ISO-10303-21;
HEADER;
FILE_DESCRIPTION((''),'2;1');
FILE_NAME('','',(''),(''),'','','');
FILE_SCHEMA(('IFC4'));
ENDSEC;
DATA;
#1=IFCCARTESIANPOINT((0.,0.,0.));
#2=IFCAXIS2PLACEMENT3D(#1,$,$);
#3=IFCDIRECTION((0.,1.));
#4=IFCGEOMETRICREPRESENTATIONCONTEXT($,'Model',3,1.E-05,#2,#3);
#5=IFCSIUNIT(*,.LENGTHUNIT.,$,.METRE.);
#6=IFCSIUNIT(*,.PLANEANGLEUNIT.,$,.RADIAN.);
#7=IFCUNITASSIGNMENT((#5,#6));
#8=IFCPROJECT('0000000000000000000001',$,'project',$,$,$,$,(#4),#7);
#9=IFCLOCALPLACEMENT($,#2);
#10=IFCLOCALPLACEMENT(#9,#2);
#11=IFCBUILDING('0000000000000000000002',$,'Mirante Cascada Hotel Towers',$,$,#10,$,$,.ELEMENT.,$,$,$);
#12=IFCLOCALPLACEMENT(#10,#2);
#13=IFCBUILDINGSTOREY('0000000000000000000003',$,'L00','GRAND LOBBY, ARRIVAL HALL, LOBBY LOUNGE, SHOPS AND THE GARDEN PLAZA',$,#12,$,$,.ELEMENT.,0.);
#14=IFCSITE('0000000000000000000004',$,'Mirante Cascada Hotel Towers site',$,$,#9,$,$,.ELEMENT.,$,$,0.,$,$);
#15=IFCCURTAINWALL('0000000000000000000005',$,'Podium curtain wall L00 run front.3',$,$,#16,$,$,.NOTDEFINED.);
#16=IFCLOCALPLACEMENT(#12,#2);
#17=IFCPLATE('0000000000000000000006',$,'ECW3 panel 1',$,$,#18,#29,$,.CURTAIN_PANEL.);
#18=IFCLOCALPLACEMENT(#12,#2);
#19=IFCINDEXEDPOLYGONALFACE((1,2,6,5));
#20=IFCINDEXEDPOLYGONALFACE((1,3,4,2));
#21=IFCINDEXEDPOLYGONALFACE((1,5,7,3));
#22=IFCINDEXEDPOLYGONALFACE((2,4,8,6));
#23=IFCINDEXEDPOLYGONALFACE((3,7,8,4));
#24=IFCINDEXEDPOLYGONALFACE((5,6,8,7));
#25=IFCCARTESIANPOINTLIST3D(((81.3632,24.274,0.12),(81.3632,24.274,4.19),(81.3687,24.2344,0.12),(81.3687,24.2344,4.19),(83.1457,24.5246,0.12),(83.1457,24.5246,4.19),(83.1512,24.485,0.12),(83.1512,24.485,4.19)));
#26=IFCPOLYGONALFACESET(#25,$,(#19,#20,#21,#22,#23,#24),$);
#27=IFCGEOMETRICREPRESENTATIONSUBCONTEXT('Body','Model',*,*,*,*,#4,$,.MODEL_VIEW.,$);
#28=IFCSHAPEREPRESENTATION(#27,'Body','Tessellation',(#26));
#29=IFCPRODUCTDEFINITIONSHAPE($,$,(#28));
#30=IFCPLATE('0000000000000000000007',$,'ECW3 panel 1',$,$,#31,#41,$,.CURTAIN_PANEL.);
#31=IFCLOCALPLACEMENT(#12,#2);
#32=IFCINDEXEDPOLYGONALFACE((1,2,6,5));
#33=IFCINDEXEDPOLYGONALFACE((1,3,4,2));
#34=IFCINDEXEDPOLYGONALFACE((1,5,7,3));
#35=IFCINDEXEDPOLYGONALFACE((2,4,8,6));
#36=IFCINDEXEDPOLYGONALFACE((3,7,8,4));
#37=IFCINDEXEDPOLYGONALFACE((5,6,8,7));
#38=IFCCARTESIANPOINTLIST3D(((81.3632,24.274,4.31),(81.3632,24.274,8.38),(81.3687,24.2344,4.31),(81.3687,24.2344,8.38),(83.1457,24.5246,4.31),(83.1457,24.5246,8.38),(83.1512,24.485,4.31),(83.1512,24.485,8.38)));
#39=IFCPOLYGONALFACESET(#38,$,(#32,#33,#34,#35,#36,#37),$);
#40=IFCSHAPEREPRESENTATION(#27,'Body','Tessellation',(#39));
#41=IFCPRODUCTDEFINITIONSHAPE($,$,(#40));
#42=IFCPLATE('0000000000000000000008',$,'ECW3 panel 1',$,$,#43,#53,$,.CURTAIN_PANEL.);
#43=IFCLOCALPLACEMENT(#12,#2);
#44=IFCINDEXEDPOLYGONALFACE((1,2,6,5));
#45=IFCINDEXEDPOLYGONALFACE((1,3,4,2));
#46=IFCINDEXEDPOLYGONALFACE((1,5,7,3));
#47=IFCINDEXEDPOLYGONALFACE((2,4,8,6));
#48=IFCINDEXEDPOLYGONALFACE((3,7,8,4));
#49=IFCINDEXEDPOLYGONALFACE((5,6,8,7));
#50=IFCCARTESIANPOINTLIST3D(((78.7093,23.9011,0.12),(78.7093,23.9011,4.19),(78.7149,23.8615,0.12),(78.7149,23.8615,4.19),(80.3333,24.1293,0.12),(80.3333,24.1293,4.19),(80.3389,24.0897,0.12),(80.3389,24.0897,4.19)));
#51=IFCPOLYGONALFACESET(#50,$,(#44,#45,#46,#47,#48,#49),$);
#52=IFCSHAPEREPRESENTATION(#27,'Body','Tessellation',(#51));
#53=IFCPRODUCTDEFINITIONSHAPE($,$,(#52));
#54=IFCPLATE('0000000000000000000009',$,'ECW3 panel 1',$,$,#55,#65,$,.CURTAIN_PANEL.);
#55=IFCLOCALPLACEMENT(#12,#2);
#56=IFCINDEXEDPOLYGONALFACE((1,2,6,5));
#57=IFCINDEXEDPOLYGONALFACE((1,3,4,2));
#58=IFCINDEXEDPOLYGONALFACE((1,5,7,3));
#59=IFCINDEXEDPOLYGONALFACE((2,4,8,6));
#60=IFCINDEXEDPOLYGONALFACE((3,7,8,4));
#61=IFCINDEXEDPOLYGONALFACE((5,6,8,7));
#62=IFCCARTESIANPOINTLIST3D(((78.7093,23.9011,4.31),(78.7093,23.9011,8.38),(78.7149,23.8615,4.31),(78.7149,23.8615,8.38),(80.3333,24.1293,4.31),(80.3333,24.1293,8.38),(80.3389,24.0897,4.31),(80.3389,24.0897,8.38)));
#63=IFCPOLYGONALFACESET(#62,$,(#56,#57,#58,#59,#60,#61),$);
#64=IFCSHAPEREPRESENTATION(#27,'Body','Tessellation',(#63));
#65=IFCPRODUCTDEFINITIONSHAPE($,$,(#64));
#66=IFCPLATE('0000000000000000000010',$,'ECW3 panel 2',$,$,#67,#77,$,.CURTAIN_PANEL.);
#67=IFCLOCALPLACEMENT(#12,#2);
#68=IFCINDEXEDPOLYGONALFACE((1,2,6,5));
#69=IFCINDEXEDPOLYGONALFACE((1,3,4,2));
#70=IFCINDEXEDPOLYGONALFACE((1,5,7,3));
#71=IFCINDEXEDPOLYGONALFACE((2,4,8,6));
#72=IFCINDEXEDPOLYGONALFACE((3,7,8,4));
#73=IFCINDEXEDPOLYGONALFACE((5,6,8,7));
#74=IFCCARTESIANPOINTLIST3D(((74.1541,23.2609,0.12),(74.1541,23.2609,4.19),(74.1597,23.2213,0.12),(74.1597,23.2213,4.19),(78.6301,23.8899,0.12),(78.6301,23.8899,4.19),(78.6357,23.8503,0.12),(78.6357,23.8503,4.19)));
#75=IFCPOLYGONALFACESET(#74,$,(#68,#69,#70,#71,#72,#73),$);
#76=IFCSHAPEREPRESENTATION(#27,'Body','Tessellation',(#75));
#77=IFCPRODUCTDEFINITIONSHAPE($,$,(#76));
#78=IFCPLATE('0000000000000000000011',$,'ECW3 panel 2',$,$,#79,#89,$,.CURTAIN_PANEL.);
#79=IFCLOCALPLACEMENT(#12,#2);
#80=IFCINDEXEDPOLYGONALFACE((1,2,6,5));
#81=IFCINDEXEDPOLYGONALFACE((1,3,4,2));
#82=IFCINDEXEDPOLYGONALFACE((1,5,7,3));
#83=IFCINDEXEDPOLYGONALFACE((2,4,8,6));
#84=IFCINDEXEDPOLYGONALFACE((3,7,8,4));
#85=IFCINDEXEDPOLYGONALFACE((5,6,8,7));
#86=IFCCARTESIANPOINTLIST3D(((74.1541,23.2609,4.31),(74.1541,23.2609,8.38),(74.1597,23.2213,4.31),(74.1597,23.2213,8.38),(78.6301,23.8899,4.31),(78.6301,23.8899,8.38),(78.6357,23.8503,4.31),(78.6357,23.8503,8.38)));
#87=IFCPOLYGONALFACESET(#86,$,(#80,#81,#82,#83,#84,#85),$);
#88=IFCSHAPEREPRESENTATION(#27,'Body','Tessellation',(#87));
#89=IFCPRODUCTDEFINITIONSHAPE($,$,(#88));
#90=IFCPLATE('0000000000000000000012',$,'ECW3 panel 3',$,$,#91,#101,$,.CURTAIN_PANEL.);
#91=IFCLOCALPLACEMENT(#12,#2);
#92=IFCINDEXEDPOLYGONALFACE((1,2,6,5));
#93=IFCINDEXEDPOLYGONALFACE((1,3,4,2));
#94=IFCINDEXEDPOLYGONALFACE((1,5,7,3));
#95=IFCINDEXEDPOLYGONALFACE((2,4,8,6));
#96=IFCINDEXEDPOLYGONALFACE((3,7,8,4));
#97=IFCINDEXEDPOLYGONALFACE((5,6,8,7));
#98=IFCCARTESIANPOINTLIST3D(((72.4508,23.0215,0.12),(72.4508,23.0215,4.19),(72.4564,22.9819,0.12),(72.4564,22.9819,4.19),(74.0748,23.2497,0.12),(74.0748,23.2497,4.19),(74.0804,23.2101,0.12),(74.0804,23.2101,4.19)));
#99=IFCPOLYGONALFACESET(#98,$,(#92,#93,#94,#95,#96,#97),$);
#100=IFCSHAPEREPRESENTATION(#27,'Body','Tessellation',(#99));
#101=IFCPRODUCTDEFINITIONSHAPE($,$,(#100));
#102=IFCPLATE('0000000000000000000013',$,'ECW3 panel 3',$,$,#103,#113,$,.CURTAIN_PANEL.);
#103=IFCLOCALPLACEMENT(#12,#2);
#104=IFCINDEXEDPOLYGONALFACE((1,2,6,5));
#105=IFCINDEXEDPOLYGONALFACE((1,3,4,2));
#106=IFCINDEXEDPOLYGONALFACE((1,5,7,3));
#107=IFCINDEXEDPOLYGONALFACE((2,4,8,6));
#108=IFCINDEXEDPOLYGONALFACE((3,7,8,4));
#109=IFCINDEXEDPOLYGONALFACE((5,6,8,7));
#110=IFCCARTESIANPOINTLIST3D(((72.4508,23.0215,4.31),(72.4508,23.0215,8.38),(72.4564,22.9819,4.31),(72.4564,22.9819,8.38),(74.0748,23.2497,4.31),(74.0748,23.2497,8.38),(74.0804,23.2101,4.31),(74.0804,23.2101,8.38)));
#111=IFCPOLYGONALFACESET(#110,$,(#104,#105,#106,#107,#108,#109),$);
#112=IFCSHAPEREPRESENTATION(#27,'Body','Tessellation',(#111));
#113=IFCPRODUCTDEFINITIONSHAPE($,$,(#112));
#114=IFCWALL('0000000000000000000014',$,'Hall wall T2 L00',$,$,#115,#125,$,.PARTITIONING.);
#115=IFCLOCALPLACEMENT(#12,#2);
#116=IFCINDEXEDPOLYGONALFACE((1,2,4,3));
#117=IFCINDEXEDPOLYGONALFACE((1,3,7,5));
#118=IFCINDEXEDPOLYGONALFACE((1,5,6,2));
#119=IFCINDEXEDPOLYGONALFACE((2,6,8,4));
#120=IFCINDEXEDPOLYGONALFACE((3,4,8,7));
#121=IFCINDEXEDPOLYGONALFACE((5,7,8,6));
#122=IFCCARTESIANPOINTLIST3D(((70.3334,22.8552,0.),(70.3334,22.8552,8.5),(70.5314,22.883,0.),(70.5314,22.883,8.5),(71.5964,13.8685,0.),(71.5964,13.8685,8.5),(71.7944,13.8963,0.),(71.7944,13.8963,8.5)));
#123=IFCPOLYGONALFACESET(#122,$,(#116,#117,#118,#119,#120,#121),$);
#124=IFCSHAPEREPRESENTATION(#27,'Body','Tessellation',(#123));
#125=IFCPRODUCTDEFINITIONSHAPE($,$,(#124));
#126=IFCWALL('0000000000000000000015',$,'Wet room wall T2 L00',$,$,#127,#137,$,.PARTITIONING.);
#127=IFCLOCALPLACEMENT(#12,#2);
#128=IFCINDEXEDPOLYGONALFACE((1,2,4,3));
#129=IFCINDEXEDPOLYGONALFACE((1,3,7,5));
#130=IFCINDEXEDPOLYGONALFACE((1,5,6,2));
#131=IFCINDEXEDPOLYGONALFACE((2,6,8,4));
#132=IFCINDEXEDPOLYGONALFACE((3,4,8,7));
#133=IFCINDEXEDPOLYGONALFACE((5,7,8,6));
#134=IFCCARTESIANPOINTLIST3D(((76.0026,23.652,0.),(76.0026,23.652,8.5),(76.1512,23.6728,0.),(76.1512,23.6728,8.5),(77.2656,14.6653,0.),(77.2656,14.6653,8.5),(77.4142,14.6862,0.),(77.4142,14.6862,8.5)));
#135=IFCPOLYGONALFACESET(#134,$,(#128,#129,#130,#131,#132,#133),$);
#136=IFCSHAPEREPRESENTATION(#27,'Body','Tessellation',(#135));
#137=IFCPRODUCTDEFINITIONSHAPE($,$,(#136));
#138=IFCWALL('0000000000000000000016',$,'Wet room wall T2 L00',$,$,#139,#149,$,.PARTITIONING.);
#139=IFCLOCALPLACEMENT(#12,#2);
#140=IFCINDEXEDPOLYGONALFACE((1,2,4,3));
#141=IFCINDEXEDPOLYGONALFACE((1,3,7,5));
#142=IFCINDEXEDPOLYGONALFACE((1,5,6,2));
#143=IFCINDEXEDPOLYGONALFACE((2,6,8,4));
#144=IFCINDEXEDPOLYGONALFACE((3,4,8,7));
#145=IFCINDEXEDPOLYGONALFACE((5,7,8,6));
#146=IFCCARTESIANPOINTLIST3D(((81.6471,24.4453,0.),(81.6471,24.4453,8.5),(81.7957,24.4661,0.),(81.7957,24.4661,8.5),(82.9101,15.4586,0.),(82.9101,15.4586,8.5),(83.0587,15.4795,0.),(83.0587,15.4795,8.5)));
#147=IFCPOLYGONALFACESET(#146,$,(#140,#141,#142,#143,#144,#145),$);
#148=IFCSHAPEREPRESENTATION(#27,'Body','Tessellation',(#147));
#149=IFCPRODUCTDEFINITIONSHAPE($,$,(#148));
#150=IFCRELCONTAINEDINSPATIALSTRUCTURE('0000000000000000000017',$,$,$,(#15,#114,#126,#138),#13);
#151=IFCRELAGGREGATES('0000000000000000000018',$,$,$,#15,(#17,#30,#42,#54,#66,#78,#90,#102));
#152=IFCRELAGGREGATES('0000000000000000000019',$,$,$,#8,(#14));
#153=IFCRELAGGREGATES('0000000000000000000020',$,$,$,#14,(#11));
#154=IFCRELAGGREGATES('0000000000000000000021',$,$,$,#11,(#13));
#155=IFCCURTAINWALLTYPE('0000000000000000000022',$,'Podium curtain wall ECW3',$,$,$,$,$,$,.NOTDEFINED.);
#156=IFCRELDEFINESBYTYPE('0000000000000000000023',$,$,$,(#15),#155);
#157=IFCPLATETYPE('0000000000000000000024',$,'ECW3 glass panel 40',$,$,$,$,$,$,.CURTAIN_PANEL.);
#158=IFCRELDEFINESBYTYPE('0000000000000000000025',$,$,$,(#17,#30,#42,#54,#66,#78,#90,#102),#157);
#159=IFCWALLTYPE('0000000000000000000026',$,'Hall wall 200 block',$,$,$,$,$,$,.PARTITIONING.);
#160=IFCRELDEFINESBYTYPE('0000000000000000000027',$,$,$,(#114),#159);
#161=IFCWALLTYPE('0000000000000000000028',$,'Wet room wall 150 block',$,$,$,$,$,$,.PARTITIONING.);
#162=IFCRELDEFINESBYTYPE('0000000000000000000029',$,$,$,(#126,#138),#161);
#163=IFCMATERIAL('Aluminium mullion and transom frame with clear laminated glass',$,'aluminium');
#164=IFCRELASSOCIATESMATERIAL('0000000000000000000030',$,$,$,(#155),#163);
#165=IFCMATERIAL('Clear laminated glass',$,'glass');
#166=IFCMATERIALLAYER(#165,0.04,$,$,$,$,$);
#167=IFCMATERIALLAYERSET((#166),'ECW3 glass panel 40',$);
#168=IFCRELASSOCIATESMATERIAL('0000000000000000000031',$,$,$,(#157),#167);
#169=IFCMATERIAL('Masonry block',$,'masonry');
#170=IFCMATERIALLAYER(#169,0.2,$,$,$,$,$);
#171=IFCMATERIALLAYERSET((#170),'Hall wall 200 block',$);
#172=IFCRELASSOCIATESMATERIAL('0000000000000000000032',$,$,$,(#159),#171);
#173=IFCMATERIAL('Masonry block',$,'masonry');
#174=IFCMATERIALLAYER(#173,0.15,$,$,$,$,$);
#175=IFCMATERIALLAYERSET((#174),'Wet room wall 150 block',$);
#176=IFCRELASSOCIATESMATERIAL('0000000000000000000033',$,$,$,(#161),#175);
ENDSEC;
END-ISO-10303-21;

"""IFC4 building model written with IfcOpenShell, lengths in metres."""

from ifc_helpers import new_model, si_unit, direction, frame, frame_2d, origin, origin_2d, place, context, subcontext, project, spatial, rectangle, extrude, material, layer, layer_set, type_object, element, aggregate, save


model = new_model("IFC4")

# Units and contexts
model_context = context("Model", 3, precision=1e-05, world=origin(), true_north=direction((0.0, 1.0)))
body_context = subcontext(model_context, "Body", "Model", "MODEL_VIEW")
ifc_project = project(units=[si_unit("LENGTHUNIT", "METRE"), si_unit("PLANEANGLEUNIT", "RADIAN")], contexts=[model_context])

# Site, building, storey
site_placement = place(None, origin())
site = spatial("IfcSite", under=ifc_project, at=site_placement, Name="Mirante Cascada Hotel Towers site", CompositionType="ELEMENT", RefElevation=0.0)
building_placement = place(site_placement, origin())
building = spatial("IfcBuilding", under=site, at=building_placement, Name="Mirante Cascada Hotel Towers", CompositionType="ELEMENT")
storey_placement = place(building_placement, origin())
storey = spatial("IfcBuildingStorey", under=building, at=storey_placement, Name="L00", Description="GRAND LOBBY, ARRIVAL HALL, LOBBY LOUNGE, SHOPS AND THE GARDEN PLAZA", CompositionType="ELEMENT", Elevation=0.0)

# Curtain wall, plates
ifc_material_1 = material(Name="Aluminium mullion and transom frame with clear laminated glass", Category="aluminium")
curtain_wall_type = type_object("IfcCurtainWallType", Name="Podium curtain wall ECW3", PredefinedType="NOTDEFINED", material=ifc_material_1)
curtain_wall_placement = place(storey_placement, origin())
curtain_wall = element("IfcCurtainWall", 1, at=curtain_wall_placement, inside=storey, type_object=curtain_wall_type, Name="Podium curtain wall L00 run front.3", PredefinedType="NOTDEFINED")
ifc_material_2 = material(Name="Clear laminated glass", Category="glass")
ifc_layer_1 = layer(ifc_material_2, 0.04)
ifc_layer_set_1 = layer_set([ifc_layer_1], Name="ECW3 glass panel 40")
plate_type = type_object("IfcPlateType", Name="ECW3 glass panel 40", PredefinedType="CURTAIN_PANEL", material=ifc_layer_set_1)
plate_1_placement = place(storey_placement, frame((82.2572, 24.3795, 0.12), z_axis=(0.0, 0.0, 1.0), x_axis=(-0.990268, -0.139173, 0.0)))
plate_1 = element("IfcPlate", 2, at=plate_1_placement, type_object=plate_type, Name="ECW3 panel 1", PredefinedType="CURTAIN_PANEL", context=body_context, shape_type="SweptSolid", body=[
    extrude(rectangle(XDim=1.8, YDim=0.04, at=origin_2d()), origin(), (0.0, 0.0, 1.0), 4.07),
])
plate_2_placement = place(storey_placement, frame((82.2572, 24.3795, 4.31), z_axis=(0.0, 0.0, 1.0), x_axis=(-0.990268, -0.139173, 0.0)))
plate_2 = element("IfcPlate", 3, at=plate_2_placement, type_object=plate_type, Name="ECW3 panel 1", PredefinedType="CURTAIN_PANEL", context=body_context, shape_type="SweptSolid", body=[
    extrude(rectangle(XDim=1.8, YDim=0.04, at=origin_2d()), origin(), (0.0, 0.0, 1.0), 4.07),
])
plate_3_placement = place(storey_placement, frame((79.5241, 23.9954, 0.12), z_axis=(0.0, 0.0, 1.0), x_axis=(-0.990268, -0.139173, 0.0)))
plate_3 = element("IfcPlate", 4, at=plate_3_placement, type_object=plate_type, Name="ECW3 panel 1", PredefinedType="CURTAIN_PANEL", context=body_context, shape_type="SweptSolid", body=[
    extrude(rectangle(XDim=1.64, YDim=0.04, at=origin_2d()), origin(), (0.0, 0.0, 1.0), 4.07),
])
plate_4_placement = place(storey_placement, frame((79.5241, 23.9954, 4.31), z_axis=(0.0, 0.0, 1.0), x_axis=(-0.990268, -0.139173, 0.0)))
plate_4 = element("IfcPlate", 5, at=plate_4_placement, type_object=plate_type, Name="ECW3 panel 1", PredefinedType="CURTAIN_PANEL", context=body_context, shape_type="SweptSolid", body=[
    extrude(rectangle(XDim=1.64, YDim=0.04, at=origin_2d()), origin(), (0.0, 0.0, 1.0), 4.07),
])
plate_5_placement = place(storey_placement, frame((76.3949, 23.5556, 0.12), z_axis=(0.0, 0.0, 1.0), x_axis=(-0.990268, -0.139173, 0.0)))
plate_5 = element("IfcPlate", 6, at=plate_5_placement, type_object=plate_type, Name="ECW3 panel 2", PredefinedType="CURTAIN_PANEL", context=body_context, shape_type="SweptSolid", body=[
    extrude(rectangle(XDim=4.52, YDim=0.04, at=origin_2d()), origin(), (0.0, 0.0, 1.0), 4.07),
])
plate_6_placement = place(storey_placement, frame((76.3949, 23.5556, 4.31), z_axis=(0.0, 0.0, 1.0), x_axis=(-0.990268, -0.139173, 0.0)))
plate_6 = element("IfcPlate", 7, at=plate_6_placement, type_object=plate_type, Name="ECW3 panel 2", PredefinedType="CURTAIN_PANEL", context=body_context, shape_type="SweptSolid", body=[
    extrude(rectangle(XDim=4.52, YDim=0.04, at=origin_2d()), origin(), (0.0, 0.0, 1.0), 4.07),
])
plate_7_placement = place(storey_placement, frame((73.2656, 23.1158, 0.12), z_axis=(0.0, 0.0, 1.0), x_axis=(-0.990268, -0.139173, 0.0)))
plate_7 = element("IfcPlate", 8, at=plate_7_placement, type_object=plate_type, Name="ECW3 panel 3", PredefinedType="CURTAIN_PANEL", context=body_context, shape_type="SweptSolid", body=[
    extrude(rectangle(XDim=1.64, YDim=0.04, at=origin_2d()), origin(), (0.0, 0.0, 1.0), 4.07),
])
plate_8_placement = place(storey_placement, frame((73.2656, 23.1158, 4.31), z_axis=(0.0, 0.0, 1.0), x_axis=(-0.990268, -0.139173, 0.0)))
plate_8 = element("IfcPlate", 9, at=plate_8_placement, type_object=plate_type, Name="ECW3 panel 3", PredefinedType="CURTAIN_PANEL", context=body_context, shape_type="SweptSolid", body=[
    extrude(rectangle(XDim=1.64, YDim=0.04, at=origin_2d()), origin(), (0.0, 0.0, 1.0), 4.07),
])
aggregate(curtain_wall, [plate_1, plate_2, plate_3, plate_4, plate_5, plate_6, plate_7, plate_8])

# Walls
ifc_material_3 = material(Name="Masonry block", Category="masonry")
ifc_layer_2 = layer(ifc_material_3, 0.2)
ifc_layer_set_2 = layer_set([ifc_layer_2], Name="Hall wall 200 block")
wall_type_1 = type_object("IfcWallType", Name="Hall wall 200 block", PredefinedType="PARTITIONING", material=ifc_layer_set_2)
wall_placement = place(storey_placement, frame((70.4324, 22.8691, 0.0), z_axis=(0.0, 0.0, 1.0), x_axis=(0.139173, -0.990268, 0.0)))
element("IfcWall", 10, at=wall_placement, inside=storey, type_object=wall_type_1, Name="Hall wall T2 L00", PredefinedType="PARTITIONING", context=body_context, shape_type="SweptSolid", body=[
    extrude(rectangle(XDim=9.075, YDim=0.2, at=frame_2d((4.5375, 0.0))), origin(), (0.0, 0.0, 1.0), 8.5),
])
ifc_material_4 = material(Name="Masonry block", Category="masonry")
ifc_layer_3 = layer(ifc_material_4, 0.15)
ifc_layer_set_3 = layer_set([ifc_layer_3], Name="Wet room wall 150 block")
wall_type_2 = type_object("IfcWallType", Name="Wet room wall 150 block", PredefinedType="PARTITIONING", material=ifc_layer_set_3)
for number, where, z_axis, x_axis, name in (
    (11, (76.0769, 23.6624, 0.0), (0.0, 0.0, 1.0), (0.139173, -0.990268, 0.0), "Wet room wall T2 L00"),
    (12, (81.7214, 24.4557, 0.0), (0.0, 0.0, 1.0), (0.139173, -0.990268, 0.0), "Wet room wall T2 L00"),
):
    element("IfcWall", number, at=place(storey_placement, frame(where, z_axis=z_axis, x_axis=x_axis)), inside=storey, type_object=wall_type_2, Name=name, PredefinedType="PARTITIONING", context=body_context, shape_type="SweptSolid", body=[
        extrude(rectangle(XDim=9.075, YDim=0.15, at=frame_2d((4.5375, 0.0))), origin(), (0.0, 0.0, 1.0), 8.5),
    ])

save(model, "model.ifc")
